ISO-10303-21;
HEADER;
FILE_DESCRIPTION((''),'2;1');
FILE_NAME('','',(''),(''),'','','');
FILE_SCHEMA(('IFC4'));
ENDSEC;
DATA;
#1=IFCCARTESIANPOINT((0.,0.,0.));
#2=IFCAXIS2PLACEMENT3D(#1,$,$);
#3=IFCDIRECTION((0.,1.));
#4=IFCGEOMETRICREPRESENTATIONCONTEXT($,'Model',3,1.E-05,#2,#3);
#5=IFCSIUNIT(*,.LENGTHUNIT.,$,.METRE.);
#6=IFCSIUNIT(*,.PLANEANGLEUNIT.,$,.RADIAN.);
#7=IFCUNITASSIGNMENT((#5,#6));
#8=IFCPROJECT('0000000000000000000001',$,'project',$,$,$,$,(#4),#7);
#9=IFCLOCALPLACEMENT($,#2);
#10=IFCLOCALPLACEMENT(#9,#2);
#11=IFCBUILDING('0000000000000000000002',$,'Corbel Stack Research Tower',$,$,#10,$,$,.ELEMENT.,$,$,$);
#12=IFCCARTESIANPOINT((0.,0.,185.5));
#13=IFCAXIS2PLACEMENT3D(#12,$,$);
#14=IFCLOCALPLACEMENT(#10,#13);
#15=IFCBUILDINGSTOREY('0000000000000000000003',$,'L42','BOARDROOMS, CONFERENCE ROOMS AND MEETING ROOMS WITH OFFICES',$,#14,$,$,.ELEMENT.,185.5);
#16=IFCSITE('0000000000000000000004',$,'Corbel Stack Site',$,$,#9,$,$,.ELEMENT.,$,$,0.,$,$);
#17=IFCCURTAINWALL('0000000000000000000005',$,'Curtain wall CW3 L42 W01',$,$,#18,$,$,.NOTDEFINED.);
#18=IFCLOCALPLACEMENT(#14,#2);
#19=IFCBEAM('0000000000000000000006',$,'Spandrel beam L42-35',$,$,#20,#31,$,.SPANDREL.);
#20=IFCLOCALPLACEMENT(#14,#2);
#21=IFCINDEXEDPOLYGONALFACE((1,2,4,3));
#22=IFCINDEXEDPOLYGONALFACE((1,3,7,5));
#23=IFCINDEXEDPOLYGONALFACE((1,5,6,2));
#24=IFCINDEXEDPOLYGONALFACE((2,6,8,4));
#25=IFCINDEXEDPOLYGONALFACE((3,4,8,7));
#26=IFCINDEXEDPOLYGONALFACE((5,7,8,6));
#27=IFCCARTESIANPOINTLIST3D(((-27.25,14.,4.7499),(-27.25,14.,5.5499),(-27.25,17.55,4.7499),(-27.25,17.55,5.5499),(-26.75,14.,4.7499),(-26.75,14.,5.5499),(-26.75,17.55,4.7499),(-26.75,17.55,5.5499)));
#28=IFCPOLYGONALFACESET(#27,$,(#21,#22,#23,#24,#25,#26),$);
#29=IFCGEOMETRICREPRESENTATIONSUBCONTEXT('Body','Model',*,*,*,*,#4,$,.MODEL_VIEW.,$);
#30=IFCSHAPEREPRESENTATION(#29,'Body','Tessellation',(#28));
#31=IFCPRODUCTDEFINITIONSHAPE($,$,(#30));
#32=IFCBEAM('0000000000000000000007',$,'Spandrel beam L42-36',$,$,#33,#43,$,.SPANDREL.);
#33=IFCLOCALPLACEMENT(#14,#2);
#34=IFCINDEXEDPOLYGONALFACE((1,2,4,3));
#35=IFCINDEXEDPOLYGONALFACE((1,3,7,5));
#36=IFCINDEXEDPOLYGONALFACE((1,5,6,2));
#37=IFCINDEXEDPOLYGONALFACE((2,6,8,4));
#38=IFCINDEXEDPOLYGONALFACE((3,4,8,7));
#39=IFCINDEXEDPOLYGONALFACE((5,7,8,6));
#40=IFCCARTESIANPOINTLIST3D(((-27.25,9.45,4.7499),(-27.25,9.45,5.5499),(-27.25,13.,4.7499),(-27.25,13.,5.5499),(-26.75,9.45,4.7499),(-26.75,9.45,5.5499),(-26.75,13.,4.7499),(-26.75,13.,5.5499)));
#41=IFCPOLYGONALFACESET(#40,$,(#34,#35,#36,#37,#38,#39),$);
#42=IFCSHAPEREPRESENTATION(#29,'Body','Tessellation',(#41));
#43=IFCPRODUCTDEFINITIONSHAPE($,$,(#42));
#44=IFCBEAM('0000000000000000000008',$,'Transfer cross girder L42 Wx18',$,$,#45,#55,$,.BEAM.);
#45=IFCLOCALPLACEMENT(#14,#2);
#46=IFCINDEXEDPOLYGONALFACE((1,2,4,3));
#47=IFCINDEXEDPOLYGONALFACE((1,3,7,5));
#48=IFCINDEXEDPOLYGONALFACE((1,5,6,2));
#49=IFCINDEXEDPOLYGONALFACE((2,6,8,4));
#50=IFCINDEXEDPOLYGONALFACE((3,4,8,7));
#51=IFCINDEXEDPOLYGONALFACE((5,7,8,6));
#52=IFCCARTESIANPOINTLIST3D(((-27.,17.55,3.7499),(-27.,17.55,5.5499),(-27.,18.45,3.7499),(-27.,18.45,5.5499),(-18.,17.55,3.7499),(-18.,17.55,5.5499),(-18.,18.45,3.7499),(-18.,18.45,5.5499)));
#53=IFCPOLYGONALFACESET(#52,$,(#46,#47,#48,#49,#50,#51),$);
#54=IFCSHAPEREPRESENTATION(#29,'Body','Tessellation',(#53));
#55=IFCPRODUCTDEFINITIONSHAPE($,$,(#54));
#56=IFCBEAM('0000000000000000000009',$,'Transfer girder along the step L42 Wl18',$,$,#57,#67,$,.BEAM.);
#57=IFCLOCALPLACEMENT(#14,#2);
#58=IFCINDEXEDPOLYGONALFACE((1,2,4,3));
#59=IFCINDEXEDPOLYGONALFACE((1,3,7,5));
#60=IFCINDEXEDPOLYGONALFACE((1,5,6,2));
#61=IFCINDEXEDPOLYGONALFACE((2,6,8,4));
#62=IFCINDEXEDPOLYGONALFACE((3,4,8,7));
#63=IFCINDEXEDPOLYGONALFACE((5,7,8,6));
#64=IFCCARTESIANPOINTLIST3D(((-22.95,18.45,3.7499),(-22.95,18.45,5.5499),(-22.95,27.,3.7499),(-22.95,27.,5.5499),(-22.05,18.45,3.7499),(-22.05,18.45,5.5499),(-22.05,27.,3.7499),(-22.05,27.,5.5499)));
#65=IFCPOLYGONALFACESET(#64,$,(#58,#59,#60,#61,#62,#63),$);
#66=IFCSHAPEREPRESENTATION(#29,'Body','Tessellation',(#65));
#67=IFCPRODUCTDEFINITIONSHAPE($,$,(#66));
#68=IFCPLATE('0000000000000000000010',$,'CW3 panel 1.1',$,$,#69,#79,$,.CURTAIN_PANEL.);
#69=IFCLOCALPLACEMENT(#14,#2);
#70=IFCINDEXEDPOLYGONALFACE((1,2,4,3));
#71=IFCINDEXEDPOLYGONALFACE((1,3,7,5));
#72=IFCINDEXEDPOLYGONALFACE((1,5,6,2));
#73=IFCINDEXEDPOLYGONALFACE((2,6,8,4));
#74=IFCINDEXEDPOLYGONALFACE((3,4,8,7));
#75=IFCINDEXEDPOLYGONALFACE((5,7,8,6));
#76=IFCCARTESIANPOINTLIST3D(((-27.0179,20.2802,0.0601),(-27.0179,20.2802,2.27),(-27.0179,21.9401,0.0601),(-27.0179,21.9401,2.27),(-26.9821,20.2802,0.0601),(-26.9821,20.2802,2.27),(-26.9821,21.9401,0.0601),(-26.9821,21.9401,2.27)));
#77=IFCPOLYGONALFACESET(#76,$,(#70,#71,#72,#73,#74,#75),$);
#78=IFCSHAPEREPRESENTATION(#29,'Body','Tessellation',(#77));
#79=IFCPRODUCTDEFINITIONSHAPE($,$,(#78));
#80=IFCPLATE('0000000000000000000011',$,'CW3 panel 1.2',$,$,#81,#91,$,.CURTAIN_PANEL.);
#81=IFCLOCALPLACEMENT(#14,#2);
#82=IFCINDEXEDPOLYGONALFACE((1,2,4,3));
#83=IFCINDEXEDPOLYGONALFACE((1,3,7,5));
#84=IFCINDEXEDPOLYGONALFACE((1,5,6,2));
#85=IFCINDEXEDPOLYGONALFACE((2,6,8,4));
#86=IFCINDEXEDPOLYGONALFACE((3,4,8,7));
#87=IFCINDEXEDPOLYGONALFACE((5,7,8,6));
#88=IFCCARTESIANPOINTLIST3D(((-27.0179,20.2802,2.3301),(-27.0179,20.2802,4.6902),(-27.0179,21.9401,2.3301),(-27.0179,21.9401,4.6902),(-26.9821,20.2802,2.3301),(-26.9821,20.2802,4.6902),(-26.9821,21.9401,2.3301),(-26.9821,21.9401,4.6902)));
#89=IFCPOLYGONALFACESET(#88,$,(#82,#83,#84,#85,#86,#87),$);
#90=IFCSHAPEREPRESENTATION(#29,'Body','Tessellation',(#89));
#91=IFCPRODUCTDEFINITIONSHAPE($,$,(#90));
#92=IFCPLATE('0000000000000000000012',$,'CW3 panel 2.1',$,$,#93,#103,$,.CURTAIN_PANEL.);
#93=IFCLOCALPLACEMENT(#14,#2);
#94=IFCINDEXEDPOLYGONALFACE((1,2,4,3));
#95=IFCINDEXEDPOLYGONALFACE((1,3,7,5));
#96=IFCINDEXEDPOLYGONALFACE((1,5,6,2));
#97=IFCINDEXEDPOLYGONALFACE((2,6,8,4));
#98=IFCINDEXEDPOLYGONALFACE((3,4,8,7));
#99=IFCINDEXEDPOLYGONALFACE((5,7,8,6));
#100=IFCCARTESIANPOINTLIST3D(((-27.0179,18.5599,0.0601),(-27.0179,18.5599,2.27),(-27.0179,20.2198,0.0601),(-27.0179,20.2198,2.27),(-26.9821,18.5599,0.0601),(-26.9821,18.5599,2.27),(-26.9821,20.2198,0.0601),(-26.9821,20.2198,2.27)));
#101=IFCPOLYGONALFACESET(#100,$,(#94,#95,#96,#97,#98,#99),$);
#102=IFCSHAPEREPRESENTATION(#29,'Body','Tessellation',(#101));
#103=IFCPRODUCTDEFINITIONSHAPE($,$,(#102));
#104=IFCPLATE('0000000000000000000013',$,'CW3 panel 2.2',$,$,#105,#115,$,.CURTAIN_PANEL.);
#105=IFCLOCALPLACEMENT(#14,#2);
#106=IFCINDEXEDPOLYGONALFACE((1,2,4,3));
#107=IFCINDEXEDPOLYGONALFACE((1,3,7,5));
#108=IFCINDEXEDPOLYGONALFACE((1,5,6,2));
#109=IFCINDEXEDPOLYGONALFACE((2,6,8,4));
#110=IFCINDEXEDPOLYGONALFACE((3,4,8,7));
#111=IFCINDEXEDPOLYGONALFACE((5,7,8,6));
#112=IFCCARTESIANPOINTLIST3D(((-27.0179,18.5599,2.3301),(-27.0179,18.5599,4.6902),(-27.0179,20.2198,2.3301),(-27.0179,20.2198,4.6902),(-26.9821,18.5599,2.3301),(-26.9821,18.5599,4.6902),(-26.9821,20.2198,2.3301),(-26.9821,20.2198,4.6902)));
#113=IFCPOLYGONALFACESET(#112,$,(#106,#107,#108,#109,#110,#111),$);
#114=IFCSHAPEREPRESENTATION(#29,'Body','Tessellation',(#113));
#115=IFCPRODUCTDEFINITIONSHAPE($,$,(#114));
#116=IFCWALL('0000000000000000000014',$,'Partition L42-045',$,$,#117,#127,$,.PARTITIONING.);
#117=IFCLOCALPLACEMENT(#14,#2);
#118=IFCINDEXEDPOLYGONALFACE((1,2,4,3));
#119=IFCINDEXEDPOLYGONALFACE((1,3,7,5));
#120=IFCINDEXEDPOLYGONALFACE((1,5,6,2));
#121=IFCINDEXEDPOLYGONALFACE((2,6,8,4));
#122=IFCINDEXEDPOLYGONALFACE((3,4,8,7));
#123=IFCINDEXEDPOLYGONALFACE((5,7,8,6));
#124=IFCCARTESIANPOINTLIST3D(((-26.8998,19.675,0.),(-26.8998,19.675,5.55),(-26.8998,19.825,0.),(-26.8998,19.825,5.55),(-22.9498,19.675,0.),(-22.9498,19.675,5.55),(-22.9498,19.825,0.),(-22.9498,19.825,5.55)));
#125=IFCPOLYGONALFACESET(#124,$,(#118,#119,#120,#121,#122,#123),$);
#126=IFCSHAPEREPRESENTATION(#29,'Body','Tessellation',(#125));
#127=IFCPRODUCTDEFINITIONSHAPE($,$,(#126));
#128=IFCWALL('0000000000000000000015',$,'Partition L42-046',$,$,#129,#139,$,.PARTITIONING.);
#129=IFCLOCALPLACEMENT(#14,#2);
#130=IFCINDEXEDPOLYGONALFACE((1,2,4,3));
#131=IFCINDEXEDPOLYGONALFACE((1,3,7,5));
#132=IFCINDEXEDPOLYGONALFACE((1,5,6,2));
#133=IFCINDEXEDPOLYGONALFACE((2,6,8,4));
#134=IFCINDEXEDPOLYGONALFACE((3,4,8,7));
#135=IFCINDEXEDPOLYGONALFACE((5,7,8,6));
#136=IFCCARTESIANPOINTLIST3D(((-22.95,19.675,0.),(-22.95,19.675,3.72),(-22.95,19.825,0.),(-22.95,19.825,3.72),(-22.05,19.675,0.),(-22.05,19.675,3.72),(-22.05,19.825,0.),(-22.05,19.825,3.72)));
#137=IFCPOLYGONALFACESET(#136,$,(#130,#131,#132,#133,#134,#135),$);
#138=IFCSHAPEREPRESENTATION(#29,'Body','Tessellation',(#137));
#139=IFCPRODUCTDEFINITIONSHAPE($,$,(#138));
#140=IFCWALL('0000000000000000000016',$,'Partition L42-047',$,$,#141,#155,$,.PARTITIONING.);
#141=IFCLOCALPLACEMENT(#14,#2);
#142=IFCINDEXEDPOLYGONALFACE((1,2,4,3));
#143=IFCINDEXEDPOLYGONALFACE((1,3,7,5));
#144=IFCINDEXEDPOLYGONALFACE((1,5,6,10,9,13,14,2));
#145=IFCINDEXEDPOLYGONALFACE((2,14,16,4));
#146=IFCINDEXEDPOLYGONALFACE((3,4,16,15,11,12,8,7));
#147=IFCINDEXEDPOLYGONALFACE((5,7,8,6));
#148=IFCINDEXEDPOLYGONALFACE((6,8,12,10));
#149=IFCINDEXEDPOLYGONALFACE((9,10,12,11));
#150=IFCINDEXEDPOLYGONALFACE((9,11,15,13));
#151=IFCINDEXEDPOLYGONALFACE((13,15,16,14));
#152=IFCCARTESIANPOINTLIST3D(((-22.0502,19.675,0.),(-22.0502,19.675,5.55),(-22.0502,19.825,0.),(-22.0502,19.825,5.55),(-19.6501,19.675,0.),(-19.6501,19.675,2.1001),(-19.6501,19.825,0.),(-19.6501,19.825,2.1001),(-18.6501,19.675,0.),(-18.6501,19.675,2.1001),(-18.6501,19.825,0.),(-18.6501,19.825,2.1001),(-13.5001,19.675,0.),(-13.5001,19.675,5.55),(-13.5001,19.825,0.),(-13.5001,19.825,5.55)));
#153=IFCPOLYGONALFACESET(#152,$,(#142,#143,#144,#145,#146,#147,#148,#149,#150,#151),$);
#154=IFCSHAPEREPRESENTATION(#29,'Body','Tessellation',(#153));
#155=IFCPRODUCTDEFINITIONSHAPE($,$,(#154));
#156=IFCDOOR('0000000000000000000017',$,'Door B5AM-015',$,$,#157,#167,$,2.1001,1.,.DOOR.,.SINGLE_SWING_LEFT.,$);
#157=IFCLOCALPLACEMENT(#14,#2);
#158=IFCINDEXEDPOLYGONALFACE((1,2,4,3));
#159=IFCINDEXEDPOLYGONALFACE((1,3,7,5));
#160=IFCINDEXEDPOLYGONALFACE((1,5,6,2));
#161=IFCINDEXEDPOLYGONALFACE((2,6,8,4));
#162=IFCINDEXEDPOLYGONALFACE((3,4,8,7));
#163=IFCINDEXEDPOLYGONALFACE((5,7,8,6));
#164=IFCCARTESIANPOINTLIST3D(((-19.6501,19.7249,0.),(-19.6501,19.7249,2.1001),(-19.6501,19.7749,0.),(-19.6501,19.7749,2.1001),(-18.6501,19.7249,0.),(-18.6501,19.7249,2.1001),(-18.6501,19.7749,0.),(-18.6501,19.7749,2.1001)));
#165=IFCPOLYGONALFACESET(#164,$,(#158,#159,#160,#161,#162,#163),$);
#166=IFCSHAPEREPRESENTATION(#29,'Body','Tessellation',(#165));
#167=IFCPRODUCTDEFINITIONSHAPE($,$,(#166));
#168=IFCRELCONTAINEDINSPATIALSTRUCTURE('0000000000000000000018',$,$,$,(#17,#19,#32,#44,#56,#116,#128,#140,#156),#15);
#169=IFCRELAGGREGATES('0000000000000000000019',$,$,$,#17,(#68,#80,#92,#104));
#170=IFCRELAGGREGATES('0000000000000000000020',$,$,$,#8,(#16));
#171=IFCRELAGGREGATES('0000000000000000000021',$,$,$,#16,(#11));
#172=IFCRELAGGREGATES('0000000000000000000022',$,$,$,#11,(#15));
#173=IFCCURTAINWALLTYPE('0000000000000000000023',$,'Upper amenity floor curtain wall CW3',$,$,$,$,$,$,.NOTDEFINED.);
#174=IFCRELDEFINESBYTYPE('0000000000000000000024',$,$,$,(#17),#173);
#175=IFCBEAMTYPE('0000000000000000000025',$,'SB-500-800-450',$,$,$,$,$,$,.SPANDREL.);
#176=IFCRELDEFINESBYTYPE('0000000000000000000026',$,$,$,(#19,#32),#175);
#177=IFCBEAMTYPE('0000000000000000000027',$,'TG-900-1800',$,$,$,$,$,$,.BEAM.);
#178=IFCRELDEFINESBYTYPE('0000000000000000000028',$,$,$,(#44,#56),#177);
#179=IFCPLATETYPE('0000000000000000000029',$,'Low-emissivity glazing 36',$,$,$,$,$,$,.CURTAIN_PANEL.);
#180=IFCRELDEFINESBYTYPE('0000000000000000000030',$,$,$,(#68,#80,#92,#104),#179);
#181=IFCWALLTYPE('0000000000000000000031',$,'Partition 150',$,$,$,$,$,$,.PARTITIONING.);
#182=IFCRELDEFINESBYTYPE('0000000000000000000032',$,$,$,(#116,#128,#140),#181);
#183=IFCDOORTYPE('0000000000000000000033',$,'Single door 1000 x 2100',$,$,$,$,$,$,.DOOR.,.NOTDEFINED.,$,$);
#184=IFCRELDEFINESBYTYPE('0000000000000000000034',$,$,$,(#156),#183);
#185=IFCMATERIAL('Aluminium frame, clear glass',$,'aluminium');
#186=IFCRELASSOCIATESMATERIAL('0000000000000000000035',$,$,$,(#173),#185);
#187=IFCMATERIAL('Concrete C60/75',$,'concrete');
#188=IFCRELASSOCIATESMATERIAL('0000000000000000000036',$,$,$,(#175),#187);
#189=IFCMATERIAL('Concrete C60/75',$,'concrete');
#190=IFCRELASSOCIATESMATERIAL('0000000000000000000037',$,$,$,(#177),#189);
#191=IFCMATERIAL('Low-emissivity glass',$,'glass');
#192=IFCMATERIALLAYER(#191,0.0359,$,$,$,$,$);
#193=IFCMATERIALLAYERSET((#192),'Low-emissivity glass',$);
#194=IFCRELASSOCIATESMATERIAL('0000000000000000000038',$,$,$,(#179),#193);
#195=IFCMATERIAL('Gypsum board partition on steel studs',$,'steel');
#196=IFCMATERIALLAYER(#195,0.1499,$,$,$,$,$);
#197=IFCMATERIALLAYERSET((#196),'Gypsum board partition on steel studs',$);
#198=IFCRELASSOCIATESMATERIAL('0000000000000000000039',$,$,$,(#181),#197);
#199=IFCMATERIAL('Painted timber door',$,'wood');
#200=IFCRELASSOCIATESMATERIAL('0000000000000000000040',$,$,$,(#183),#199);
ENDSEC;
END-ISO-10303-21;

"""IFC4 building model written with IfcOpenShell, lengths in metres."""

from ifc_helpers import new_model, si_unit, direction, frame, frame_2d, origin, origin_2d, place, context, subcontext, project, spatial, rectangle, extrude, material, layer, layer_set, material_profile, profile_set, type_object, element, fill, aggregate, save


model = new_model("IFC4")

# Units and contexts
model_context = context("Model", 3, precision=1e-05, world=origin(), true_north=direction((0.0, 1.0)))
body_context = subcontext(model_context, "Body", "Model", "MODEL_VIEW")
ifc_project = project(units=[si_unit("LENGTHUNIT", "METRE"), si_unit("PLANEANGLEUNIT", "RADIAN")], contexts=[model_context])

# Site, building, storey
site_placement = place(None, origin())
site = spatial("IfcSite", under=ifc_project, at=site_placement, Name="Corbel Stack Site", CompositionType="ELEMENT", RefElevation=0.0)
building_placement = place(site_placement, origin())
building = spatial("IfcBuilding", under=site, at=building_placement, Name="Corbel Stack Research Tower", CompositionType="ELEMENT")
storey_placement = place(building_placement, frame((0.0, 0.0, 185.5)))
storey = spatial("IfcBuildingStorey", under=building, at=storey_placement, Name="L42", Description="BOARDROOMS, CONFERENCE ROOMS AND MEETING ROOMS WITH OFFICES", CompositionType="ELEMENT", Elevation=185.5)

# Curtain wall
ifc_material_1 = material(Name="Aluminium frame, clear glass", Category="aluminium")
curtain_wall_type = type_object("IfcCurtainWallType", Name="Upper amenity floor curtain wall CW3", PredefinedType="NOTDEFINED", material=ifc_material_1)
curtain_wall_1_placement = place(storey_placement, origin())
curtain_wall_1 = element("IfcCurtainWall", 1, at=curtain_wall_1_placement, inside=storey, type_object=curtain_wall_type, Name="Curtain wall CW3 L42 W01", PredefinedType="NOTDEFINED")

# Beams
ifc_material_2 = material(Name="Concrete C60/75", Category="concrete")
ifc_material_profile_1 = material_profile(ifc_material_2, rectangle(XDim=0.5, YDim=0.8, at=origin_2d()), Name="RC 500 x 800")
ifc_profile_set_1 = profile_set([ifc_material_profile_1], Name="Concrete C60/75")
beam_type_1 = type_object("IfcBeamType", Name="SB-500-800-450", PredefinedType="SPANDREL", material=ifc_profile_set_1)
for number, where, z_axis, x_axis, name in (
    (2, (-27.0, 17.55, 5.1499), (0.0, -1.0, 0.0), (1.0, 0.0, 0.0), "Spandrel beam L42-35"),
    (3, (-27.0, 13.0, 5.1499), (0.0, -1.0, 0.0), (1.0, 0.0, 0.0), "Spandrel beam L42-36"),
):
    element("IfcBeam", number, at=place(storey_placement, frame(where, z_axis=z_axis, x_axis=x_axis)), inside=storey, type_object=beam_type_1, Name=name, PredefinedType="SPANDREL", context=body_context, shape_type="SweptSolid", body=[
        extrude(rectangle(XDim=0.5, YDim=0.8, at=origin_2d()), origin(), (0.0, 0.0, 1.0), 3.55),
    ])
ifc_material_3 = material(Name="Concrete C60/75", Category="concrete")
ifc_material_profile_2 = material_profile(ifc_material_3, rectangle(XDim=0.8999, YDim=1.8, at=origin_2d()), Name="RC 900 x 1800")
ifc_profile_set_2 = profile_set([ifc_material_profile_2], Name="Concrete C60/75")
beam_type_2 = type_object("IfcBeamType", Name="TG-900-1800", PredefinedType="BEAM", material=ifc_profile_set_2)
beam_1_placement = place(storey_placement, frame((-27.0, 18.0, 4.6499), z_axis=(1.0, 0.0, 0.0), x_axis=(0.0, 1.0, 0.0)))
element("IfcBeam", 4, at=beam_1_placement, inside=storey, type_object=beam_type_2, Name="Transfer cross girder L42 Wx18", PredefinedType="BEAM", context=body_context, shape_type="SweptSolid", body=[
    extrude(rectangle(XDim=0.8999, YDim=1.8, at=origin_2d()), origin(), (0.0, 0.0, 1.0), 9.0),
])
beam_2_placement = place(storey_placement, frame((-22.5, 18.45, 4.6499), z_axis=(0.0, 1.0, 0.0), x_axis=(-1.0, 0.0, 0.0)))
element("IfcBeam", 5, at=beam_2_placement, inside=storey, type_object=beam_type_2, Name="Transfer girder along the step L42 Wl18", PredefinedType="BEAM", context=body_context, shape_type="SweptSolid", body=[
    extrude(rectangle(XDim=0.8999, YDim=1.8, at=origin_2d()), origin(), (0.0, 0.0, 1.0), 8.55),
])

# Plates
ifc_material_4 = material(Name="Low-emissivity glass", Category="glass")
ifc_layer_1 = layer(ifc_material_4, 0.0359)
ifc_layer_set_1 = layer_set([ifc_layer_1], Name="Low-emissivity glass")
plate_type = type_object("IfcPlateType", Name="Low-emissivity glazing 36", PredefinedType="CURTAIN_PANEL", material=ifc_layer_set_1)
plate_1_placement = place(storey_placement, frame((-27.0, 21.1101, 0.0601), z_axis=(0.0, 0.0, 1.0), x_axis=(0.0, -1.0, 0.0)))
plate_1 = element("IfcPlate", 6, at=plate_1_placement, type_object=plate_type, Name="CW3 panel 1.1", PredefinedType="CURTAIN_PANEL", context=body_context, shape_type="SweptSolid", body=[
    extrude(rectangle(XDim=1.6599, YDim=0.0359, at=origin_2d()), origin(), (0.0, 0.0, 1.0), 2.21),
])
plate_2_placement = place(storey_placement, frame((-27.0, 21.1101, 2.3301), z_axis=(0.0, 0.0, 1.0), x_axis=(0.0, -1.0, 0.0)))
plate_2 = element("IfcPlate", 7, at=plate_2_placement, type_object=plate_type, Name="CW3 panel 1.2", PredefinedType="CURTAIN_PANEL", context=body_context, shape_type="SweptSolid", body=[
    extrude(rectangle(XDim=1.6599, YDim=0.0359, at=origin_2d()), origin(), (0.0, 0.0, 1.0), 2.3601),
])
plate_3_placement = place(storey_placement, frame((-27.0, 19.3899, 0.0601), z_axis=(0.0, 0.0, 1.0), x_axis=(0.0, -1.0, 0.0)))
plate_3 = element("IfcPlate", 8, at=plate_3_placement, type_object=plate_type, Name="CW3 panel 2.1", PredefinedType="CURTAIN_PANEL", context=body_context, shape_type="SweptSolid", body=[
    extrude(rectangle(XDim=1.6599, YDim=0.0359, at=origin_2d()), origin(), (0.0, 0.0, 1.0), 2.21),
])
plate_4_placement = place(storey_placement, frame((-27.0, 19.3899, 2.3301), z_axis=(0.0, 0.0, 1.0), x_axis=(0.0, -1.0, 0.0)))
plate_4 = element("IfcPlate", 9, at=plate_4_placement, type_object=plate_type, Name="CW3 panel 2.2", PredefinedType="CURTAIN_PANEL", context=body_context, shape_type="SweptSolid", body=[
    extrude(rectangle(XDim=1.6599, YDim=0.0359, at=origin_2d()), origin(), (0.0, 0.0, 1.0), 2.3601),
])
aggregate(curtain_wall_1, [plate_1, plate_2, plate_3, plate_4])

# Walls
ifc_material_5 = material(Name="Gypsum board partition on steel studs", Category="steel")
ifc_layer_2 = layer(ifc_material_5, 0.1499)
ifc_layer_set_2 = layer_set([ifc_layer_2], Name="Gypsum board partition on steel studs")
wall_type_1 = type_object("IfcWallType", Name="Partition 150", PredefinedType="PARTITIONING", material=ifc_layer_set_2)
wall_1_placement = place(storey_placement, frame((-26.8999, 19.75, 0.0), z_axis=(0.0, 0.0, 1.0), x_axis=(1.0, 0.0, 0.0)))
element("IfcWall", 10, at=wall_1_placement, inside=storey, type_object=wall_type_1, Name="Partition L42-045", PredefinedType="PARTITIONING", context=body_context, shape_type="SweptSolid", body=[
    extrude(rectangle(XDim=3.95, YDim=0.1499, at=frame_2d((1.9751, 0.0))), origin(), (0.0, 0.0, 1.0), 5.55),
])
wall_2_placement = place(storey_placement, frame((-22.95, 19.75, 0.0), z_axis=(0.0, 0.0, 1.0), x_axis=(1.0, 0.0, 0.0)))
element("IfcWall", 11, at=wall_2_placement, inside=storey, type_object=wall_type_1, Name="Partition L42-046", PredefinedType="PARTITIONING", context=body_context, shape_type="SweptSolid", body=[
    extrude(rectangle(XDim=0.8999, YDim=0.1499, at=frame_2d((0.45, 0.0))), origin(), (0.0, 0.0, 1.0), 3.72),
])

# Wall, opening, door
wall_3_placement = place(storey_placement, frame((-22.05, 19.75, 0.0), z_axis=(0.0, 0.0, 1.0), x_axis=(1.0, 0.0, 0.0)))
wall_3 = element("IfcWall", 12, at=wall_3_placement, inside=storey, type_object=wall_type_1, Name="Partition L42-047", PredefinedType="PARTITIONING", context=body_context, shape_type="SweptSolid", body=[
    extrude(rectangle(XDim=8.55, YDim=0.1499, at=frame_2d((4.2749, 0.0))), origin(), (0.0, 0.0, 1.0), 5.55),
])
opening_1_placement = place(wall_3_placement, frame((2.3999, 0.0, 0.0)))
opening_1 = element("IfcOpeningElement", 13, at=opening_1_placement, cuts=wall_3, PredefinedType="OPENING", context=body_context, shape_type="SweptSolid", body=[
    extrude(rectangle(XDim=1.0, YDim=2.1001, at=frame_2d((0.5, 1.05))), frame((0.0, 0.085, 0.0), z_axis=(0.0, -1.0, 0.0), x_axis=(1.0, 0.0, 0.0)), (0.0, 0.0, 1.0), 0.1699),
])
ifc_material_6 = material(Name="Painted timber door", Category="wood")
door_type_1 = type_object("IfcDoorType", Name="Single door 1000 x 2100", OperationType="NOTDEFINED", PredefinedType="DOOR", material=ifc_material_6)
door_1_placement = place(opening_1_placement, origin())
door_1 = element("IfcDoor", 14, at=door_1_placement, inside=storey, type_object=door_type_1, Name="Door B5AM-015", OperationType="SINGLE_SWING_LEFT", OverallHeight=2.1001, OverallWidth=1.0, PredefinedType="DOOR", context=body_context, shape_type="SweptSolid", body=[
    extrude(rectangle(XDim=1.0, YDim=2.1001, at=frame_2d((0.5, 1.05))), frame((0.0, 0.0249, 0.0), z_axis=(0.0, -1.0, 0.0), x_axis=(1.0, 0.0, 0.0)), (0.0, 0.0, 1.0), 0.05),
])
fill(opening_1, door_1)

save(model, "model.ifc")
